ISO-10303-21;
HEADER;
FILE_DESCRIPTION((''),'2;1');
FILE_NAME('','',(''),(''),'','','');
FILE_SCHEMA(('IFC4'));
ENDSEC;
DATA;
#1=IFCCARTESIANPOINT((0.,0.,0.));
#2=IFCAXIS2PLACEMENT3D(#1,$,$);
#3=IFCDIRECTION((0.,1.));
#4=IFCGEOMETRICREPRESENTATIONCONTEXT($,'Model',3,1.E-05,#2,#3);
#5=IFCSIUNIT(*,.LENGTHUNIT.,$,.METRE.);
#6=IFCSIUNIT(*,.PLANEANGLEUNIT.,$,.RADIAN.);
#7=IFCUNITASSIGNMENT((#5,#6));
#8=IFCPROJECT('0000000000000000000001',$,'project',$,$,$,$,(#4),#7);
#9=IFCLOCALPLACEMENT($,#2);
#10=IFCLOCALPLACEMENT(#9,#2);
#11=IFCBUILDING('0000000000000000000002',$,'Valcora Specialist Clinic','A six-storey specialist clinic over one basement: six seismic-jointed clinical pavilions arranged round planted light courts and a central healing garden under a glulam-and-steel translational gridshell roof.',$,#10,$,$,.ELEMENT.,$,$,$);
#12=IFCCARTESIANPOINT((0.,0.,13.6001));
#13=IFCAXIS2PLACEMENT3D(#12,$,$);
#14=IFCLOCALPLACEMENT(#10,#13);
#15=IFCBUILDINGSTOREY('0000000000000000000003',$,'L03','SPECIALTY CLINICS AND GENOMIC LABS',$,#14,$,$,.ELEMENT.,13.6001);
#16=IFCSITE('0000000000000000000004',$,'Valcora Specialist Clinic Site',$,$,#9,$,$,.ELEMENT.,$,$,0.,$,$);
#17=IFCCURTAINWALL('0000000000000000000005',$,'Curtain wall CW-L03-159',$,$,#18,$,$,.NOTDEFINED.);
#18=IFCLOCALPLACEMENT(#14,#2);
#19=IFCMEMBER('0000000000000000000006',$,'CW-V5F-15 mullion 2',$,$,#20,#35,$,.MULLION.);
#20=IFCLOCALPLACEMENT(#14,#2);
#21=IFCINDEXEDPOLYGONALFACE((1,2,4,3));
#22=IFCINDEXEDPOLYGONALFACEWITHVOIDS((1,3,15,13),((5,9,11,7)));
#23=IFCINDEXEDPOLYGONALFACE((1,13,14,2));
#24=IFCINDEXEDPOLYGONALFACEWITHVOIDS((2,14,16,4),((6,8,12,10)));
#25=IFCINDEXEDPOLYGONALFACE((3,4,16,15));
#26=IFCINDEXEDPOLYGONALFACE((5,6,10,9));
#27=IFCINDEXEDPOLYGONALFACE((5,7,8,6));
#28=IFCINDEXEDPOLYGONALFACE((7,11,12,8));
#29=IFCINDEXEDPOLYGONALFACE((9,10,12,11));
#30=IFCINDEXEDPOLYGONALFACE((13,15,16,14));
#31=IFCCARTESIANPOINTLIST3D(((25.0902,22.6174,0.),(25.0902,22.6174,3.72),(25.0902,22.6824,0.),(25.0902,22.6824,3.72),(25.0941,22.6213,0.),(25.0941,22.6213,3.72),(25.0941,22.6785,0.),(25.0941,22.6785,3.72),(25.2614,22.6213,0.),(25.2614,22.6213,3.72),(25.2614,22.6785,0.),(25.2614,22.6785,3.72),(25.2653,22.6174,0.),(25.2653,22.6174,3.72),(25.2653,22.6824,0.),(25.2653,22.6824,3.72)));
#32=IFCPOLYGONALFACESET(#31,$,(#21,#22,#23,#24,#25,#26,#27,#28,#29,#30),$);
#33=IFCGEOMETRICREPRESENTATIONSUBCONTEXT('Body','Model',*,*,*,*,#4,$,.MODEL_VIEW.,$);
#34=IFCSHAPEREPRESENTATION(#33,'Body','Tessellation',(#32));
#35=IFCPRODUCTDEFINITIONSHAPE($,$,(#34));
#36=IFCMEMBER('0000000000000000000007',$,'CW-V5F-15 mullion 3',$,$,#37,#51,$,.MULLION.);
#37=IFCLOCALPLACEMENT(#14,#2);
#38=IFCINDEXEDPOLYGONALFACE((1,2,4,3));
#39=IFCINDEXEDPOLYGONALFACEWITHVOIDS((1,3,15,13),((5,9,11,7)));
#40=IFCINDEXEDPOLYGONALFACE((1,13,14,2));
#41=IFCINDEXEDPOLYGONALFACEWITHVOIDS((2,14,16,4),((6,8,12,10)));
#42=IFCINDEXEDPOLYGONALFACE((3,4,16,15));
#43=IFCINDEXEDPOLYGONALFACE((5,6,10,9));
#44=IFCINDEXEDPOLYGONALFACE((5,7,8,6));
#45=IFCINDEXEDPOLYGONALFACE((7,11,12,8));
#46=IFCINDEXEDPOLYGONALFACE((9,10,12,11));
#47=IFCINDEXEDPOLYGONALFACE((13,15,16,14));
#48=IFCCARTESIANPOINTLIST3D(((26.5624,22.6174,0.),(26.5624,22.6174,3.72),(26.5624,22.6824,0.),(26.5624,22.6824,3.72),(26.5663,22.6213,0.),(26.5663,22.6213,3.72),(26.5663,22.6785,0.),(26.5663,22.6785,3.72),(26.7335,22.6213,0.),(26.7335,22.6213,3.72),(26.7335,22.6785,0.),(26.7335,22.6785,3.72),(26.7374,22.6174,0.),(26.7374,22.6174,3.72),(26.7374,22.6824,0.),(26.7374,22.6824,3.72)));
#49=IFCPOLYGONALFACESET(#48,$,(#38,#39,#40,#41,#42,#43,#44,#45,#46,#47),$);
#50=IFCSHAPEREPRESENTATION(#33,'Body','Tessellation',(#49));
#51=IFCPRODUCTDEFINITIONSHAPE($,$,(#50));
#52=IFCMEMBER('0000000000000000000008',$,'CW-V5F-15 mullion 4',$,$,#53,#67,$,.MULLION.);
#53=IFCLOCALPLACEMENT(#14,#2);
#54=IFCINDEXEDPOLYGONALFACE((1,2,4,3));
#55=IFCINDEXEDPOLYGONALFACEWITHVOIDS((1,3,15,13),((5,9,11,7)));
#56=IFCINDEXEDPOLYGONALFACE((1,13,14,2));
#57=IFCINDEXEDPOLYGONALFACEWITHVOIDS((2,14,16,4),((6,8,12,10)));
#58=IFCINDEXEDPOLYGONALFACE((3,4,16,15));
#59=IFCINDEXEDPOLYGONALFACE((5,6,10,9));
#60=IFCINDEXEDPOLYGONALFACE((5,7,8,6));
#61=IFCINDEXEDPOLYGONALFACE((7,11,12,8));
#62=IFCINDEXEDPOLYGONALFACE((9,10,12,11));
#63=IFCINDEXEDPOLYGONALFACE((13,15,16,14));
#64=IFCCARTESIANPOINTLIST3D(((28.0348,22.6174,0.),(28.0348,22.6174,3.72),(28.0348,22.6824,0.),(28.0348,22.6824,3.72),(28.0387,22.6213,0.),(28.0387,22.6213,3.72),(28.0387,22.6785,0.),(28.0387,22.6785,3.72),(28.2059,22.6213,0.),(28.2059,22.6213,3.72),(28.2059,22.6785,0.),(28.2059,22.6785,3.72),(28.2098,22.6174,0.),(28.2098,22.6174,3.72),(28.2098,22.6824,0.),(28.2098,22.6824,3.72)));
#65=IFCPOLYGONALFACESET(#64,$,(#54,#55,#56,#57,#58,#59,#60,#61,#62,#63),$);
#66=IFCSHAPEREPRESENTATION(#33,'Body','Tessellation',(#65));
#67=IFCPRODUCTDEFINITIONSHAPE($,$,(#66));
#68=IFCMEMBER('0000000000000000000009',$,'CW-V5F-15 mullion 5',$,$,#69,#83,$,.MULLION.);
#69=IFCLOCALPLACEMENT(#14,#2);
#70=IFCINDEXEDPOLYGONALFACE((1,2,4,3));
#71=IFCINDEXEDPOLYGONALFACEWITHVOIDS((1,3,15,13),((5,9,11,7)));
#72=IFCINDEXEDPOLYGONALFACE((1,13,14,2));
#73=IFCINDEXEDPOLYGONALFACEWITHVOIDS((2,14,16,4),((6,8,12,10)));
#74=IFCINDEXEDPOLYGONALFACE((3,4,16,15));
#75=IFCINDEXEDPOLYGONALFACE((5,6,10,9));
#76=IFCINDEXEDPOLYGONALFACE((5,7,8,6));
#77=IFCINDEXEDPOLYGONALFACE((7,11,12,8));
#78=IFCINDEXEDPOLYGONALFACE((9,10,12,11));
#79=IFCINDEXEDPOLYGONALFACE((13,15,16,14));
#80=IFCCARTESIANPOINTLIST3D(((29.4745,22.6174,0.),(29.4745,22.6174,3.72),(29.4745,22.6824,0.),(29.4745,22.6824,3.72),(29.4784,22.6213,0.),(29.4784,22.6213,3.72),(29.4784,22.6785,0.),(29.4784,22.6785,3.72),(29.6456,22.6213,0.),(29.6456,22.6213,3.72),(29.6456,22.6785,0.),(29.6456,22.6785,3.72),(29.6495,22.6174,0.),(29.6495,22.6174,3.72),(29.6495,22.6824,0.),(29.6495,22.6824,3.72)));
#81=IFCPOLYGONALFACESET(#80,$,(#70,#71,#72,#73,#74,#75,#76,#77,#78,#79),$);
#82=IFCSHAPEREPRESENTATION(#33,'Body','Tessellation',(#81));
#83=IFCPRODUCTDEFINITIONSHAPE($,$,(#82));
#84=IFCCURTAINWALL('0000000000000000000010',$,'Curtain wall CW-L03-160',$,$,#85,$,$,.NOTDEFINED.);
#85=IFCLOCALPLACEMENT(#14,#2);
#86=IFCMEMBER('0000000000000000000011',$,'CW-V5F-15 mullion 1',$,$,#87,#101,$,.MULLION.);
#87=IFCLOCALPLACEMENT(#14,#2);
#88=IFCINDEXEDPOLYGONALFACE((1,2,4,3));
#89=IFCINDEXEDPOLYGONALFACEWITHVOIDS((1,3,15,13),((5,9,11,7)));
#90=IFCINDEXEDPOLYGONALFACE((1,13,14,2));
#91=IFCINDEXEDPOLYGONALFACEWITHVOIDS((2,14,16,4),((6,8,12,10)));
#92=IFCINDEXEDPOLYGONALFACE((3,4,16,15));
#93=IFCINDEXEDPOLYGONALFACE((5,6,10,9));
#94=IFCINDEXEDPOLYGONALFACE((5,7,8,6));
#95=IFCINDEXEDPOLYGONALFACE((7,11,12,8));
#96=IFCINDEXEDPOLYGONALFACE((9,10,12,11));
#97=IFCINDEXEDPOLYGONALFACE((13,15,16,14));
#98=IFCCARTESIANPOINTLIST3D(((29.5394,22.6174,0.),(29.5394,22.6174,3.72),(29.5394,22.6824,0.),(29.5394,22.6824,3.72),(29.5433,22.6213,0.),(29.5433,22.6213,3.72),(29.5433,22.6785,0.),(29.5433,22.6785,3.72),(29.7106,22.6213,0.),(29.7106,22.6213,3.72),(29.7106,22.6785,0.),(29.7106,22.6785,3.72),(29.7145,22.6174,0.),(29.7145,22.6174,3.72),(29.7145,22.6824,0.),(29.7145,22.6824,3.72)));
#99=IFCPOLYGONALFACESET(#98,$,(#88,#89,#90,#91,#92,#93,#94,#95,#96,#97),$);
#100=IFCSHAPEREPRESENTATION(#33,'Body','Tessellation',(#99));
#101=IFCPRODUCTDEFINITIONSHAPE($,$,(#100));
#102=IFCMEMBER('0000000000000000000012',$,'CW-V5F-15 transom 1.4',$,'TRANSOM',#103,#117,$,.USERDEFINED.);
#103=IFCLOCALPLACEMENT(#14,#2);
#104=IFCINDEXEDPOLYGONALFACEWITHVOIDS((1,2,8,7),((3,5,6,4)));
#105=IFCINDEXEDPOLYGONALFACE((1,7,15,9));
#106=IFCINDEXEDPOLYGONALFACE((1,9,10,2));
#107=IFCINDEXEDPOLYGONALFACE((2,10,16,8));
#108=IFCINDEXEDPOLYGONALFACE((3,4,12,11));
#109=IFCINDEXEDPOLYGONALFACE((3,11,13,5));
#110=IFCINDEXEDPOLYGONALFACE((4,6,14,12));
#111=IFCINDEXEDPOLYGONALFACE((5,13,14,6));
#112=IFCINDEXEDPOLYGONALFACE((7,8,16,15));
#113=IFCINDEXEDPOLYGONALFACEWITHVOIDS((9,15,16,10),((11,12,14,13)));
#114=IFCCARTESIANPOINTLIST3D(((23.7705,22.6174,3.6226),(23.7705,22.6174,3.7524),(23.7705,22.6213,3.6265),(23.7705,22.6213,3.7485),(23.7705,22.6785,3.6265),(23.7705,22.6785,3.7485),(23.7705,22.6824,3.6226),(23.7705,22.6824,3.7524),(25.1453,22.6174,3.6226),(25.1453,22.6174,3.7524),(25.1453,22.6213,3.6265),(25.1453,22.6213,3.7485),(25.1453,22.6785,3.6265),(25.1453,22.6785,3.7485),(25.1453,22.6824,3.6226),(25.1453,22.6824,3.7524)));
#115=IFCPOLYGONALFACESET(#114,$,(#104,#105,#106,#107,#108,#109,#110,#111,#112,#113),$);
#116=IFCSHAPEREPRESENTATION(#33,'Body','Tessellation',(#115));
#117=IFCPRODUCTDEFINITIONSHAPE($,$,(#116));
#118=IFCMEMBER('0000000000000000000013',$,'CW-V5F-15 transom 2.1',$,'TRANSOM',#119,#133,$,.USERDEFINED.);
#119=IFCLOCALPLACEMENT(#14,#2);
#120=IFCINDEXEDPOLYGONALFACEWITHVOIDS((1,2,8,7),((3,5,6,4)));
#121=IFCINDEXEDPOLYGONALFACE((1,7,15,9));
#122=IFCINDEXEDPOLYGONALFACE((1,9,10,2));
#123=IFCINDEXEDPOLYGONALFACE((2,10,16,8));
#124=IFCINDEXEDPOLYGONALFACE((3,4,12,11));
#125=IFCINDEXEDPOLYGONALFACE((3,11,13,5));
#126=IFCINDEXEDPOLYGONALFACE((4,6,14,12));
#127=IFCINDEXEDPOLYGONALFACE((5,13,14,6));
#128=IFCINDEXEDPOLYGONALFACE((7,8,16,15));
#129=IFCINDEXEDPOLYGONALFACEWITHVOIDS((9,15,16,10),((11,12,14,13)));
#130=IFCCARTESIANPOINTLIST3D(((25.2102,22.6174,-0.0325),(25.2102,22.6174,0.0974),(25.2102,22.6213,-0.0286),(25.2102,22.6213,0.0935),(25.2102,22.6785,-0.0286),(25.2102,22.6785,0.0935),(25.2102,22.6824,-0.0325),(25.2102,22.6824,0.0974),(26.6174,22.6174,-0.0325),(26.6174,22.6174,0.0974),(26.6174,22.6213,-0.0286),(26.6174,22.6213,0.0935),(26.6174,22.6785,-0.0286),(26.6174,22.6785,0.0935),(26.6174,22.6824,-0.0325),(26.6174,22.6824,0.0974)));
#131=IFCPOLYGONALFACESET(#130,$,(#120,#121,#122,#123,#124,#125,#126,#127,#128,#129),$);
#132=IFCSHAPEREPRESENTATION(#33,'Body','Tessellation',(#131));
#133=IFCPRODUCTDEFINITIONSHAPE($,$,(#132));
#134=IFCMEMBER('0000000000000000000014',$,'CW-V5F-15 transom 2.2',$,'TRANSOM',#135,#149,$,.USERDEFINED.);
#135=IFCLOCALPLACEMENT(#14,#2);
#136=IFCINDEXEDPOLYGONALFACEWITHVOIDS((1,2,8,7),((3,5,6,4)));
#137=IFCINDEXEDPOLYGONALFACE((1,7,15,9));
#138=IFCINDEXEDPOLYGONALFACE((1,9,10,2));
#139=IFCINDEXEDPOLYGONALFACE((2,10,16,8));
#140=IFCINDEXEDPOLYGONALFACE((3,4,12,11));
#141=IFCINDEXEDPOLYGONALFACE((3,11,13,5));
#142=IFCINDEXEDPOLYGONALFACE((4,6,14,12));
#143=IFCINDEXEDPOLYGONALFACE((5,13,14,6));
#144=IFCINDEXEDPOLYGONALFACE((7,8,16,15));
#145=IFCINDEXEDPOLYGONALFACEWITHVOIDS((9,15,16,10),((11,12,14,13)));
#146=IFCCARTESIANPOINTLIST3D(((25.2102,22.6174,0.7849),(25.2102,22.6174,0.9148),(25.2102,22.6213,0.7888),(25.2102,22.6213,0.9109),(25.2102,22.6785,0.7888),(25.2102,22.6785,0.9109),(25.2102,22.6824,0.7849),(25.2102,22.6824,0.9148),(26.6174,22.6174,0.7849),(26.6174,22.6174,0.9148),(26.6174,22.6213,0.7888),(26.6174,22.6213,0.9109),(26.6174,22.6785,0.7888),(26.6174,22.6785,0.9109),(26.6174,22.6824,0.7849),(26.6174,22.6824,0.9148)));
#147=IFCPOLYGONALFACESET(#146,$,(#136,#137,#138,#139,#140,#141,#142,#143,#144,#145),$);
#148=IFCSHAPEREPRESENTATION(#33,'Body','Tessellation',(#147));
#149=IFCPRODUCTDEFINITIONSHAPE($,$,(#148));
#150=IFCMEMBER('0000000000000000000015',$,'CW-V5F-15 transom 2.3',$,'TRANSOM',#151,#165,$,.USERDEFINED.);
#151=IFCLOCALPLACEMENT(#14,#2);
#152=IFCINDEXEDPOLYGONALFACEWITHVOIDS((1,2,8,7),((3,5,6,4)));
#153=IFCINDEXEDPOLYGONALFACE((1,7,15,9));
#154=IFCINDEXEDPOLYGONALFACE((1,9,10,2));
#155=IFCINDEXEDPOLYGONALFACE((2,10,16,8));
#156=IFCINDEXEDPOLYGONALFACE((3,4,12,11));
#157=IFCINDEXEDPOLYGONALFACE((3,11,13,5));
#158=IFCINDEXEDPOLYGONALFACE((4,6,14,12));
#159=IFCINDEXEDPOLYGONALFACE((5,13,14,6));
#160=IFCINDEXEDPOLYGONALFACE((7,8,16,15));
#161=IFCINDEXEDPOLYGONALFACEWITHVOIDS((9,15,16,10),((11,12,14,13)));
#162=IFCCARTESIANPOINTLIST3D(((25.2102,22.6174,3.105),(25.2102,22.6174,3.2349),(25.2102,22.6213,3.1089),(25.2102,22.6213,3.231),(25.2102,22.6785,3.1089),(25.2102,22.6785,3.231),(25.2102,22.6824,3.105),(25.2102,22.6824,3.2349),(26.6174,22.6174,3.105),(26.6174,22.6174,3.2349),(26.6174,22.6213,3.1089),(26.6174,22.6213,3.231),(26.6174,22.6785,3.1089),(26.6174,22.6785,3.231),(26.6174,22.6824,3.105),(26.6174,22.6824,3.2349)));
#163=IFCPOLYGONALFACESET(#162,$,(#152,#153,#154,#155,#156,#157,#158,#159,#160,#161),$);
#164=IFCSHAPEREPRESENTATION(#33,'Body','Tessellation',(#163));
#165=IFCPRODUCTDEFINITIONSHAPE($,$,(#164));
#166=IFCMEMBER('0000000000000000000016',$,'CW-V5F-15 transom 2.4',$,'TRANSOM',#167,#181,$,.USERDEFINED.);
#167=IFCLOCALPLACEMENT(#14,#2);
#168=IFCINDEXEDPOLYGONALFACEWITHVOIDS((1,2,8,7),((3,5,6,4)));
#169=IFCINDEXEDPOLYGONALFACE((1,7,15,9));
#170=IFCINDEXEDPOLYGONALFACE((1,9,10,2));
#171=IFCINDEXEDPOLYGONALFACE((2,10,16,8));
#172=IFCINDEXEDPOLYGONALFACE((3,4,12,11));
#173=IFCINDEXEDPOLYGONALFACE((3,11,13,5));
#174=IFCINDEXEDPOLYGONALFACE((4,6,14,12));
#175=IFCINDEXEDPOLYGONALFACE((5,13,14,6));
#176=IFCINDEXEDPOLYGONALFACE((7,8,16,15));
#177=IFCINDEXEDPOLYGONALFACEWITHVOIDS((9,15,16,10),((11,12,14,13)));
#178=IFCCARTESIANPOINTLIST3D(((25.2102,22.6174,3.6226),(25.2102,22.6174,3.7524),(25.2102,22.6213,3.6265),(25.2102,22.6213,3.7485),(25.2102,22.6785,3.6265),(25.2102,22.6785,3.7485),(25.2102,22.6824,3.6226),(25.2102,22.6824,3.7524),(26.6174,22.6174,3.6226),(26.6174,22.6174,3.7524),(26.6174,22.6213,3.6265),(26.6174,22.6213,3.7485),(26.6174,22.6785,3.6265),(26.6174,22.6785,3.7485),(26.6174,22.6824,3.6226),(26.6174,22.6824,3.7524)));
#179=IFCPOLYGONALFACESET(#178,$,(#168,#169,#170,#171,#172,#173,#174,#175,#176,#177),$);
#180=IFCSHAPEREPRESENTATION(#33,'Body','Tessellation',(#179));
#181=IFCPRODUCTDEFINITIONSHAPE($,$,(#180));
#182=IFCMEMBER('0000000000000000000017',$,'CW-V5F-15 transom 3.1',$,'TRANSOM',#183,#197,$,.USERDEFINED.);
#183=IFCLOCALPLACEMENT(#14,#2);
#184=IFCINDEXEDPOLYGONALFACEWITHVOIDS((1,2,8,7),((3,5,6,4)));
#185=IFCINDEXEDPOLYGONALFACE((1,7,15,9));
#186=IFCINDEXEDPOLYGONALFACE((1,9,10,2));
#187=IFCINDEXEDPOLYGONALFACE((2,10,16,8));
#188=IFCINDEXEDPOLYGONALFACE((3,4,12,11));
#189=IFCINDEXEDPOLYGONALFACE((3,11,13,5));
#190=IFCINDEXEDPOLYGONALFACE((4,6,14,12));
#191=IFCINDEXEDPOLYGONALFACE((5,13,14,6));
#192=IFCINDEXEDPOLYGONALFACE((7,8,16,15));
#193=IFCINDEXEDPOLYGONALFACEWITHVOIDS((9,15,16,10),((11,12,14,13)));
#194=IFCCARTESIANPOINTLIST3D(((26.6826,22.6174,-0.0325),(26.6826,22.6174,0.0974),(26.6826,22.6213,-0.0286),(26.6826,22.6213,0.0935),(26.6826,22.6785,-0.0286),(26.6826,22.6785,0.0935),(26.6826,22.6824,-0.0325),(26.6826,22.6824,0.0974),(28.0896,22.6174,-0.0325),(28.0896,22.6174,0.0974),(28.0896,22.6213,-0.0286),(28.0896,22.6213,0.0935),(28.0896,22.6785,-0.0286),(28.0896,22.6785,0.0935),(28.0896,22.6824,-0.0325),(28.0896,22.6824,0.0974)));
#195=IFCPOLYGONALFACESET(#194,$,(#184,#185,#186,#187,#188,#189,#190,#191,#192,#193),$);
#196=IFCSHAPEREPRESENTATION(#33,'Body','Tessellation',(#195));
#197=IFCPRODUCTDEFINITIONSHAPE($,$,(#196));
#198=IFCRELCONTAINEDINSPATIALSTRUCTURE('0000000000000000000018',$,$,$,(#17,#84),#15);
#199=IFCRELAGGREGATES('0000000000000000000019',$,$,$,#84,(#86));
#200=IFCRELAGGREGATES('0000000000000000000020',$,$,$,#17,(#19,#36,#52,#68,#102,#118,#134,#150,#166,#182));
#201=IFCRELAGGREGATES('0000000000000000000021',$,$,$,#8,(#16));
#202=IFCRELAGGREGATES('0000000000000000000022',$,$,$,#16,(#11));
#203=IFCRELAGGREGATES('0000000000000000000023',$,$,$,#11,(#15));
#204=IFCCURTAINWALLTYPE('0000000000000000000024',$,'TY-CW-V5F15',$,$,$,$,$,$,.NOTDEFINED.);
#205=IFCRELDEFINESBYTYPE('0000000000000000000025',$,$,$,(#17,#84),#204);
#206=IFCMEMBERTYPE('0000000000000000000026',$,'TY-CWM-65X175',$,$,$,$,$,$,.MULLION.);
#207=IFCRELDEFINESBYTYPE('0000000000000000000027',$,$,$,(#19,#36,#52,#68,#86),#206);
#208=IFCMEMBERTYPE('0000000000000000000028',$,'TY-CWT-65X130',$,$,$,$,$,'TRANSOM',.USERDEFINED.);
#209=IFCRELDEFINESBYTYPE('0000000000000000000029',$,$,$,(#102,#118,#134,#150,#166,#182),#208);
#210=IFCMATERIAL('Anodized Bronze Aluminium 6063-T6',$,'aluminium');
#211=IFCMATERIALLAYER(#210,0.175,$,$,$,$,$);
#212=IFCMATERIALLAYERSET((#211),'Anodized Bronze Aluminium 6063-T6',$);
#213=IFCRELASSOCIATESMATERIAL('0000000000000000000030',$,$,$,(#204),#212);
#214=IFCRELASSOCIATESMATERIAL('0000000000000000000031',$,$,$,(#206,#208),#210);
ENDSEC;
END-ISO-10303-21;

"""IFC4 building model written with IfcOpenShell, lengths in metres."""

from ifc_helpers import new_model, si_unit, direction, frame, origin, origin_2d, place, context, subcontext, project, spatial, hollow_rectangle, extrude, material, layer, layer_set, material_profile, profile_set, type_object, element, aggregate, save


model = new_model("IFC4")

# Units and contexts
model_context = context("Model", 3, precision=1e-05, world=origin(), true_north=direction((0.0, 1.0)))
body_context = subcontext(model_context, "Body", "Model", "MODEL_VIEW")
ifc_project = project(units=[si_unit("LENGTHUNIT", "METRE"), si_unit("PLANEANGLEUNIT", "RADIAN")], contexts=[model_context])

# Site, building, storey
site_placement = place(None, origin())
site = spatial("IfcSite", under=ifc_project, at=site_placement, Name="Valcora Specialist Clinic Site", CompositionType="ELEMENT", RefElevation=0.0)
building_placement = place(site_placement, origin())
building = spatial("IfcBuilding", under=site, at=building_placement, Name="Valcora Specialist Clinic", Description="A six-storey specialist clinic over one basement: six seismic-jointed clinical pavilions arranged round planted light courts and a central healing garden under a glulam-and-steel translational gridshell roof.", CompositionType="ELEMENT")
storey_placement = place(building_placement, frame((0.0, 0.0, 13.6001)))
storey = spatial("IfcBuildingStorey", under=building, at=storey_placement, Name="L03", Description="SPECIALTY CLINICS AND GENOMIC LABS", CompositionType="ELEMENT", Elevation=13.6001)

# Curtain wall, members
ifc_material_1 = material(Name="Anodized Bronze Aluminium 6063-T6", Category="aluminium")
ifc_layer_1 = layer(ifc_material_1, 0.175)
ifc_layer_set_1 = layer_set([ifc_layer_1], Name="Anodized Bronze Aluminium 6063-T6")
curtain_wall_type = type_object("IfcCurtainWallType", Name="TY-CW-V5F15", PredefinedType="NOTDEFINED", material=ifc_layer_set_1)
curtain_wall_1_placement = place(storey_placement, origin())
curtain_wall_1 = element("IfcCurtainWall", 1, at=curtain_wall_1_placement, inside=storey, type_object=curtain_wall_type, Name="Curtain wall CW-L03-159", PredefinedType="NOTDEFINED")
ifc_material_profile_1 = material_profile(ifc_material_1, hollow_rectangle(XDim=0.0649, YDim=0.175, WallThickness=0.0039, at=origin_2d()), Name="AL-MUL-65X175")
ifc_profile_set_1 = profile_set([ifc_material_profile_1], Name="Anodized Bronze Aluminium 6063-T6")
member_type_1 = type_object("IfcMemberType", Name="TY-CWM-65X175", PredefinedType="MULLION", material=ifc_profile_set_1)
member_1_placement = place(storey_placement, frame((25.1777, 22.6499, 0.0), z_axis=(0.0, 0.0, 1.0), x_axis=(0.0, 1.0, 0.0)))
member_1 = element("IfcMember", 2, at=member_1_placement, type_object=member_type_1, Name="CW-V5F-15 mullion 2", PredefinedType="MULLION", context=body_context, shape_type="SweptSolid", body=[
    extrude(hollow_rectangle(XDim=0.0649, YDim=0.175, WallThickness=0.0039, at=origin_2d()), origin(), (0.0, 0.0, 1.0), 3.72),
])
member_2_placement = place(storey_placement, frame((26.6499, 22.6499, 0.0), z_axis=(0.0, 0.0, 1.0), x_axis=(0.0, 1.0, 0.0)))
member_2 = element("IfcMember", 3, at=member_2_placement, type_object=member_type_1, Name="CW-V5F-15 mullion 3", PredefinedType="MULLION", context=body_context, shape_type="SweptSolid", body=[
    extrude(hollow_rectangle(XDim=0.0649, YDim=0.175, WallThickness=0.0039, at=origin_2d()), origin(), (0.0, 0.0, 1.0), 3.72),
])
member_3_placement = place(storey_placement, frame((28.1223, 22.6499, 0.0), z_axis=(0.0, 0.0, 1.0), x_axis=(0.0, 1.0, 0.0)))
member_3 = element("IfcMember", 4, at=member_3_placement, type_object=member_type_1, Name="CW-V5F-15 mullion 4", PredefinedType="MULLION", context=body_context, shape_type="SweptSolid", body=[
    extrude(hollow_rectangle(XDim=0.0649, YDim=0.175, WallThickness=0.0039, at=origin_2d()), origin(), (0.0, 0.0, 1.0), 3.72),
])
member_4_placement = place(storey_placement, frame((29.562, 22.6499, 0.0), z_axis=(0.0, 0.0, 1.0), x_axis=(0.0, 1.0, 0.0)))
member_4 = element("IfcMember", 5, at=member_4_placement, type_object=member_type_1, Name="CW-V5F-15 mullion 5", PredefinedType="MULLION", context=body_context, shape_type="SweptSolid", body=[
    extrude(hollow_rectangle(XDim=0.0649, YDim=0.175, WallThickness=0.0039, at=origin_2d()), origin(), (0.0, 0.0, 1.0), 3.72),
])

# Curtain wall, member
curtain_wall_2_placement = place(storey_placement, origin())
curtain_wall_2 = element("IfcCurtainWall", 6, at=curtain_wall_2_placement, inside=storey, type_object=curtain_wall_type, Name="Curtain wall CW-L03-160", PredefinedType="NOTDEFINED")
member_5_placement = place(storey_placement, frame((29.627, 22.6499, 0.0), z_axis=(0.0, 0.0, 1.0), x_axis=(0.0, 1.0, 0.0)))
member_5 = element("IfcMember", 7, at=member_5_placement, type_object=member_type_1, Name="CW-V5F-15 mullion 1", PredefinedType="MULLION", context=body_context, shape_type="SweptSolid", body=[
    extrude(hollow_rectangle(XDim=0.0649, YDim=0.175, WallThickness=0.0039, at=origin_2d()), origin(), (0.0, 0.0, 1.0), 3.72),
])
aggregate(curtain_wall_2, [member_5])

# Members
ifc_material_profile_2 = material_profile(ifc_material_1, hollow_rectangle(XDim=0.0649, YDim=0.1299, WallThickness=0.0039, at=origin_2d()), Name="AL-TRN-65X130")
ifc_profile_set_2 = profile_set([ifc_material_profile_2], Name="Anodized Bronze Aluminium 6063-T6")
member_type_2 = type_object("IfcMemberType", Name="TY-CWT-65X130", ElementType="TRANSOM", PredefinedType="USERDEFINED", material=ifc_profile_set_2)
member_6_placement = place(storey_placement, frame((23.7705, 22.6499, 3.6875), z_axis=(1.0, 0.0, 0.0), x_axis=(0.0, 1.0, 0.0)))
member_6 = element("IfcMember", 8, at=member_6_placement, type_object=member_type_2, Name="CW-V5F-15 transom 1.4", ObjectType="TRANSOM", PredefinedType="USERDEFINED", context=body_context, shape_type="SweptSolid", body=[
    extrude(hollow_rectangle(XDim=0.0649, YDim=0.1299, WallThickness=0.0039, at=origin_2d()), origin(), (0.0, 0.0, 1.0), 1.3748),
])
member_7_placement = place(storey_placement, frame((25.2102, 22.6499, 0.0325), z_axis=(1.0, 0.0, 0.0), x_axis=(0.0, 1.0, 0.0)))
member_7 = element("IfcMember", 9, at=member_7_placement, type_object=member_type_2, Name="CW-V5F-15 transom 2.1", ObjectType="TRANSOM", PredefinedType="USERDEFINED", context=body_context, shape_type="SweptSolid", body=[
    extrude(hollow_rectangle(XDim=0.0649, YDim=0.1299, WallThickness=0.0039, at=origin_2d()), origin(), (0.0, 0.0, 1.0), 1.4072),
])
member_8_placement = place(storey_placement, frame((25.2102, 22.6499, 0.8499), z_axis=(1.0, 0.0, 0.0), x_axis=(0.0, 1.0, 0.0)))
member_8 = element("IfcMember", 10, at=member_8_placement, type_object=member_type_2, Name="CW-V5F-15 transom 2.2", ObjectType="TRANSOM", PredefinedType="USERDEFINED", context=body_context, shape_type="SweptSolid", body=[
    extrude(hollow_rectangle(XDim=0.0649, YDim=0.1299, WallThickness=0.0039, at=origin_2d()), origin(), (0.0, 0.0, 1.0), 1.4072),
])
member_9_placement = place(storey_placement, frame((25.2102, 22.6499, 3.1699), z_axis=(1.0, 0.0, 0.0), x_axis=(0.0, 1.0, 0.0)))
member_9 = element("IfcMember", 11, at=member_9_placement, type_object=member_type_2, Name="CW-V5F-15 transom 2.3", ObjectType="TRANSOM", PredefinedType="USERDEFINED", context=body_context, shape_type="SweptSolid", body=[
    extrude(hollow_rectangle(XDim=0.0649, YDim=0.1299, WallThickness=0.0039, at=origin_2d()), origin(), (0.0, 0.0, 1.0), 1.4072),
])
member_10_placement = place(storey_placement, frame((25.2102, 22.6499, 3.6875), z_axis=(1.0, 0.0, 0.0), x_axis=(0.0, 1.0, 0.0)))
member_10 = element("IfcMember", 12, at=member_10_placement, type_object=member_type_2, Name="CW-V5F-15 transom 2.4", ObjectType="TRANSOM", PredefinedType="USERDEFINED", context=body_context, shape_type="SweptSolid", body=[
    extrude(hollow_rectangle(XDim=0.0649, YDim=0.1299, WallThickness=0.0039, at=origin_2d()), origin(), (0.0, 0.0, 1.0), 1.4072),
])
member_11_placement = place(storey_placement, frame((26.6826, 22.6499, 0.0325), z_axis=(1.0, 0.0, 0.0), x_axis=(0.0, 1.0, 0.0)))
member_11 = element("IfcMember", 13, at=member_11_placement, type_object=member_type_2, Name="CW-V5F-15 transom 3.1", ObjectType="TRANSOM", PredefinedType="USERDEFINED", context=body_context, shape_type="SweptSolid", body=[
    extrude(hollow_rectangle(XDim=0.0649, YDim=0.1299, WallThickness=0.0039, at=origin_2d()), origin(), (0.0, 0.0, 1.0), 1.407),
])

aggregate(curtain_wall_1, [member_1, member_2, member_3, member_4, member_6, member_7, member_8, member_9, member_10, member_11])

save(model, "model.ifc")
